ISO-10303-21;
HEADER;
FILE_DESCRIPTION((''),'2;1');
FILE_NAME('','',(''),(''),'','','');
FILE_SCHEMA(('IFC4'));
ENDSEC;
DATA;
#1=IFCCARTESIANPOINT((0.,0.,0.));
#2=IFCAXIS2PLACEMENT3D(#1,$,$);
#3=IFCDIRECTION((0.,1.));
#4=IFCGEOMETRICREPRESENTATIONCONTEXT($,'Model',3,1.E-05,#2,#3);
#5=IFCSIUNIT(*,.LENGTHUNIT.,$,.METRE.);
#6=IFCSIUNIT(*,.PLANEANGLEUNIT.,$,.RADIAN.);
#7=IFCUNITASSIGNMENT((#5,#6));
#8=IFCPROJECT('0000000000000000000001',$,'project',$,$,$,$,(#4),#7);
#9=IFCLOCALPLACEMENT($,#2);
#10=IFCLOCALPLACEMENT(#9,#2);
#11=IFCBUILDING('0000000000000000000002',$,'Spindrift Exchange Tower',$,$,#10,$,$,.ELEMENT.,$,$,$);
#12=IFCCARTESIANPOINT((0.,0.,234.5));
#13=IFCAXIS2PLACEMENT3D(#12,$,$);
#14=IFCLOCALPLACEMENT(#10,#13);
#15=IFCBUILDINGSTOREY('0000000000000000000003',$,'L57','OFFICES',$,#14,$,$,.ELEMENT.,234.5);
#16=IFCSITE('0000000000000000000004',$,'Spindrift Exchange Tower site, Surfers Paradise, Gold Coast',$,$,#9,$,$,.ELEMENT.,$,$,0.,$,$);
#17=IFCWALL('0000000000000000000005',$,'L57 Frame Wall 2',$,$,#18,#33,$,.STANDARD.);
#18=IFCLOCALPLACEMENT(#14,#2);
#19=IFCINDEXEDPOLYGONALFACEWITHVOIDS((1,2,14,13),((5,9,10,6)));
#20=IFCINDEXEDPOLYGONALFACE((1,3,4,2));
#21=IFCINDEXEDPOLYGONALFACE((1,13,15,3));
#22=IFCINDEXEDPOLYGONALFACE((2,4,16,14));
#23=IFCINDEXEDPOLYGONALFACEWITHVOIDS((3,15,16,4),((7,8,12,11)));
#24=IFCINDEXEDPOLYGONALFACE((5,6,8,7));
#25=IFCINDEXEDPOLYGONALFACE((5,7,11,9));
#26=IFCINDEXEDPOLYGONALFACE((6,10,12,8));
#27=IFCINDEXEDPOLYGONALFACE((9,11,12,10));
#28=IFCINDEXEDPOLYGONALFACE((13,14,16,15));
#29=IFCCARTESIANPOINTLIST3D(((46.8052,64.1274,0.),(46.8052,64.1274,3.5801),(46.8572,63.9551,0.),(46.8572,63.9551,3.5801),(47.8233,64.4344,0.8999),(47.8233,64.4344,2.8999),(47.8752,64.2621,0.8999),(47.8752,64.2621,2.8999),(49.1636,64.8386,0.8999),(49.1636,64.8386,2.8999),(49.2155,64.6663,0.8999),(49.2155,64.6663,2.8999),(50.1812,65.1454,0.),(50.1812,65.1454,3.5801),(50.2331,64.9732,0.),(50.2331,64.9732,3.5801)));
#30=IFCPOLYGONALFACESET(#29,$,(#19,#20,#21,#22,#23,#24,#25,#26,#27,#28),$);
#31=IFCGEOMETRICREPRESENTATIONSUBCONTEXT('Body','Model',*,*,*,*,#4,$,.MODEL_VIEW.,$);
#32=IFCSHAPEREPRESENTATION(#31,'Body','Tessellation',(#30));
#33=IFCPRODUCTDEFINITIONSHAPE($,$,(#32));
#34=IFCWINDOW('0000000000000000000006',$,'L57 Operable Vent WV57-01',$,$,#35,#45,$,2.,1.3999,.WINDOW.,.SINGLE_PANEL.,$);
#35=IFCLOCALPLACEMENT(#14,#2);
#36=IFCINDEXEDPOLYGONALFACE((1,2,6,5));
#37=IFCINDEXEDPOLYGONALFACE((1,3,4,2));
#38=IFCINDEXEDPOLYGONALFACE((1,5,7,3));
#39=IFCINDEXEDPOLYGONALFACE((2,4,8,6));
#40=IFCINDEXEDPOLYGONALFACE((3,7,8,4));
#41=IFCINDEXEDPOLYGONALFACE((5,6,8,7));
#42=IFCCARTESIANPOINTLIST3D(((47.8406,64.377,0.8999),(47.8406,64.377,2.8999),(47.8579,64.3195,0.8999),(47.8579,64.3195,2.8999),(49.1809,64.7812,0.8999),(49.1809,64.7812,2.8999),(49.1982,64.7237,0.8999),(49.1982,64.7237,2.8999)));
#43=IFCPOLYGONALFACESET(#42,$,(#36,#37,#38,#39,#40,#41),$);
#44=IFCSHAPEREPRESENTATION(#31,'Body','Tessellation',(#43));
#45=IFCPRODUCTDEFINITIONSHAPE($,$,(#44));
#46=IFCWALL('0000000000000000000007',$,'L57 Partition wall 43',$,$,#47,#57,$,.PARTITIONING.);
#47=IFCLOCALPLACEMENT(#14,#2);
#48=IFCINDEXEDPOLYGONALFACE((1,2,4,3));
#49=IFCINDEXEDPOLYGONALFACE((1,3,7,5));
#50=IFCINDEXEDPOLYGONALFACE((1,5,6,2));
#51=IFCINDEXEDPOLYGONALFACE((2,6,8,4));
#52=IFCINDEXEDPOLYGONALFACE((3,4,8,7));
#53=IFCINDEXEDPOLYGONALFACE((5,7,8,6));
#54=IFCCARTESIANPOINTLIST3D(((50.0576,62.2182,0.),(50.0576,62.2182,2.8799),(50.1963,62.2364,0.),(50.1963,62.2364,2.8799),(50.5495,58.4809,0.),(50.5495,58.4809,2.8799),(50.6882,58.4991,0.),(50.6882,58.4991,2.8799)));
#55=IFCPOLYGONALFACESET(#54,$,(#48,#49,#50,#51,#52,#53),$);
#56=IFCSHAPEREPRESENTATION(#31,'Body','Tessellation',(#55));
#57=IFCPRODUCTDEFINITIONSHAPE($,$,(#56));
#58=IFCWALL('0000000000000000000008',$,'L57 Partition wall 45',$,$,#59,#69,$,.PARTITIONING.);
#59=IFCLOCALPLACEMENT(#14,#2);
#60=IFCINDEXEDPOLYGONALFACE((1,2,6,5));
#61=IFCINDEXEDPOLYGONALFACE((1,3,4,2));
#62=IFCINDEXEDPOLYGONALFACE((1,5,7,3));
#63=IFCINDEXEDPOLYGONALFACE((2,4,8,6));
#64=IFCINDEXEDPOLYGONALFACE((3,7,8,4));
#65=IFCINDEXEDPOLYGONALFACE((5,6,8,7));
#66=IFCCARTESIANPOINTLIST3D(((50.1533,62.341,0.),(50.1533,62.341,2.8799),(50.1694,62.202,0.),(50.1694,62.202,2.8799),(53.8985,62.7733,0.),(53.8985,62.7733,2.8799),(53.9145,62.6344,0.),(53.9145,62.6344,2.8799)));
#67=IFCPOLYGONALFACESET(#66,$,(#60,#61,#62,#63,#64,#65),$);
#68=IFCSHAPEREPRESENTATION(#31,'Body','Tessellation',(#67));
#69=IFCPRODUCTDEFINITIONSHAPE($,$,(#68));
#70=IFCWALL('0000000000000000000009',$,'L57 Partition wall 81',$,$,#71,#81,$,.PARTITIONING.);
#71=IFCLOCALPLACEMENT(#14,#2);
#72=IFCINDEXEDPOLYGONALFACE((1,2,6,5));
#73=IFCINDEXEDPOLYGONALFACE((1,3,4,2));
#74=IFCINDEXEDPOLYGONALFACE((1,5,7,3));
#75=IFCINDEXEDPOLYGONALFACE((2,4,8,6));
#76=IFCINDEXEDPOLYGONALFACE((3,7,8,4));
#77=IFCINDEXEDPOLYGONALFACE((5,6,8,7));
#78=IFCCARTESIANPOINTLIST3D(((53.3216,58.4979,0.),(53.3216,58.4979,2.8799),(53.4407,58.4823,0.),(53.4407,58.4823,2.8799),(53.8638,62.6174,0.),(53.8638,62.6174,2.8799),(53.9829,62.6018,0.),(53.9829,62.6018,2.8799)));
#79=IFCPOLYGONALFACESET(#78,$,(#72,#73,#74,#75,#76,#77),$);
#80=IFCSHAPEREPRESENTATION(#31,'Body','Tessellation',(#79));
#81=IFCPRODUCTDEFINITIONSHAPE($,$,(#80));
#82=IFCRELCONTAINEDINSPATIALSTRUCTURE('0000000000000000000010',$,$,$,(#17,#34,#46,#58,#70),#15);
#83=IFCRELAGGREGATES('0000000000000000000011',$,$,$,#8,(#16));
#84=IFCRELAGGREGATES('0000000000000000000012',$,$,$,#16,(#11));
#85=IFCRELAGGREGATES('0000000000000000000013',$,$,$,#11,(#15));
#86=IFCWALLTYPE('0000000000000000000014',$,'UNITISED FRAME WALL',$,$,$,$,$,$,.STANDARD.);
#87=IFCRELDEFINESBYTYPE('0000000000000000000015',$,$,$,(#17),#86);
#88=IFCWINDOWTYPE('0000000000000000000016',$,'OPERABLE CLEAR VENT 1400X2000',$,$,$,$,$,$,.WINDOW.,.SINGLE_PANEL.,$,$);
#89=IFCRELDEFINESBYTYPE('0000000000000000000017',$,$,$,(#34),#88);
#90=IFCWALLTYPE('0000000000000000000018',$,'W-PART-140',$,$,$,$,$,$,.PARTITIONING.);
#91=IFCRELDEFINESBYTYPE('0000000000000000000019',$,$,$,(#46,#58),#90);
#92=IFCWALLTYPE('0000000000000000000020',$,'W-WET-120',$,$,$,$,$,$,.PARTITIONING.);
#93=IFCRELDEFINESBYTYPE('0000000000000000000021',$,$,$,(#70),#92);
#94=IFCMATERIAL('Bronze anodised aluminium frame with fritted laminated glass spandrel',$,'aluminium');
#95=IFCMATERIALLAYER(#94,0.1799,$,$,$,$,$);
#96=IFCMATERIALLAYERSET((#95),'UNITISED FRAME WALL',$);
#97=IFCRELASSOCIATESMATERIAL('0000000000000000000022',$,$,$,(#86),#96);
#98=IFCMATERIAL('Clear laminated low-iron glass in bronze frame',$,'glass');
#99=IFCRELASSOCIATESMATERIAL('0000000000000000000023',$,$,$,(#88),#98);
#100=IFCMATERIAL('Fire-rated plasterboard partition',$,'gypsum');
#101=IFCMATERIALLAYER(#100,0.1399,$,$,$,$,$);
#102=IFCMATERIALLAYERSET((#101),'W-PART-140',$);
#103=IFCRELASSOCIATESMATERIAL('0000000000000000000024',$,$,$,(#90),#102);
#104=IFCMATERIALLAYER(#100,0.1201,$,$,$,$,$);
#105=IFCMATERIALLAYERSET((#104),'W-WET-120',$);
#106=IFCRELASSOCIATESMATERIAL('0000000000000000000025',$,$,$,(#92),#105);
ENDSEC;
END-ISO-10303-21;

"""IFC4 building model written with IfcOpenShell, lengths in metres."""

from ifc_helpers import new_model, si_unit, direction, frame, frame_2d, origin, place, context, subcontext, project, spatial, rectangle, extrude, source, transform, mapped, material, layer, layer_set, type_object, element, fill, save


model = new_model("IFC4")

# Units and contexts
model_context = context("Model", 3, precision=1e-05, world=origin(), true_north=direction((0.0, 1.0)))
body_context = subcontext(model_context, "Body", "Model", "MODEL_VIEW")
ifc_project = project(units=[si_unit("LENGTHUNIT", "METRE"), si_unit("PLANEANGLEUNIT", "RADIAN")], contexts=[model_context])

# Site, building, storey
site_placement = place(None, origin())
site = spatial("IfcSite", under=ifc_project, at=site_placement, Name="Spindrift Exchange Tower site, Surfers Paradise, Gold Coast", CompositionType="ELEMENT", RefElevation=0.0)
building_placement = place(site_placement, origin())
building = spatial("IfcBuilding", under=site, at=building_placement, Name="Spindrift Exchange Tower", CompositionType="ELEMENT")
storey_placement = place(building_placement, frame((0.0, 0.0, 234.5)))
storey = spatial("IfcBuildingStorey", under=building, at=storey_placement, Name="L57", Description="OFFICES", CompositionType="ELEMENT", Elevation=234.5)

# Wall, opening, window
ifc_material_1 = material(Name="Bronze anodised aluminium frame with fritted laminated glass spandrel", Category="aluminium")
ifc_layer_1 = layer(ifc_material_1, 0.1799)
ifc_layer_set_1 = layer_set([ifc_layer_1], Name="UNITISED FRAME WALL")
wall_type_1 = type_object("IfcWallType", Name="UNITISED FRAME WALL", PredefinedType="STANDARD", material=ifc_layer_set_1)
wall_1_placement = place(storey_placement, frame((50.2073, 65.0593, 0.0), z_axis=(0.0, 0.0, 1.0), x_axis=(-0.957414, -0.28872, 0.0)))
wall_1 = element("IfcWall", 1, at=wall_1_placement, inside=storey, type_object=wall_type_1, Name="L57 Frame Wall 2", PredefinedType="STANDARD", context=body_context, shape_type="SweptSolid", body=[
    extrude(rectangle(XDim=3.5261, YDim=0.1799, at=frame_2d((1.7632, 0.0))), origin(), (0.0, 0.0, 1.0), 3.5801),
])
opening_1_placement = place(wall_1_placement, frame((1.063, 0.0, 0.8999)))
opening_1 = element("IfcOpeningElement", 2, at=opening_1_placement, cuts=wall_1, PredefinedType="OPENING", context=body_context, shape_type="SweptSolid", body=[
    extrude(rectangle(XDim=1.3999, YDim=2.0, at=frame_2d((0.7, 1.0))), frame((0.0, 0.0999, 0.0), z_axis=(0.0, -1.0, 0.0), x_axis=(1.0, 0.0, 0.0)), (0.0, 0.0, 1.0), 0.2),
])
ifc_material_2 = material(Name="Clear laminated low-iron glass in bronze frame", Category="glass")
window_type = type_object("IfcWindowType", Name="OPERABLE CLEAR VENT 1400X2000", PartitioningType="SINGLE_PANEL", PredefinedType="WINDOW", material=ifc_material_2)
shared_shape_1 = source(origin(), body_context, "Body", "SweptSolid", [
    extrude(rectangle(XDim=1.3999, YDim=2.0, at=frame_2d((0.7, 1.0))), frame((0.0, 0.03, 0.0), z_axis=(0.0, -1.0, 0.0), x_axis=(1.0, 0.0, 0.0)), (0.0, 0.0, 1.0), 0.0601),
])
window_placement = place(opening_1_placement, origin())
window = element("IfcWindow", 3, at=window_placement, inside=storey, type_object=window_type, Name="L57 Operable Vent WV57-01", OverallHeight=2.0, OverallWidth=1.3999, PartitioningType="SINGLE_PANEL", PredefinedType="WINDOW", context=body_context, shape_type="MappedRepresentation", body=[
    mapped(shared_shape_1, transform((0.0, 0.0, 0.0), scale=1.0)),
])
fill(opening_1, window)

# Walls
ifc_material_3 = material(Name="Fire-rated plasterboard partition", Category="gypsum")
ifc_layer_2 = layer(ifc_material_3, 0.1399)
ifc_layer_set_2 = layer_set([ifc_layer_2], Name="W-PART-140")
wall_type_2 = type_object("IfcWallType", Name="W-PART-140", PredefinedType="PARTITIONING", material=ifc_layer_set_2)
wall_2_placement = place(storey_placement, frame((50.6189, 58.49, 0.0), z_axis=(0.0, 0.0, 1.0), x_axis=(-0.130505, 0.991448, 0.0)))
element("IfcWall", 4, at=wall_2_placement, inside=storey, type_object=wall_type_2, Name="L57 Partition wall 43", PredefinedType="PARTITIONING", context=body_context, shape_type="SweptSolid", body=[
    extrude(rectangle(XDim=3.7695, YDim=0.1399, at=frame_2d((1.8848, 0.0))), origin(), (0.0, 0.0, 1.0), 2.8799),
])
wall_3_placement = place(storey_placement, frame((53.9065, 62.7039, 0.0), z_axis=(0.0, 0.0, 1.0), x_axis=(-0.993402, -0.114688, 0.0)))
element("IfcWall", 5, at=wall_3_placement, inside=storey, type_object=wall_type_2, Name="L57 Partition wall 45", PredefinedType="PARTITIONING", context=body_context, shape_type="SweptSolid", body=[
    extrude(rectangle(XDim=3.77, YDim=0.1399, at=frame_2d((1.885, 0.0))), origin(), (0.0, 0.0, 1.0), 2.8799),
])
ifc_layer_3 = layer(ifc_material_3, 0.1201)
ifc_layer_set_3 = layer_set([ifc_layer_3], Name="W-WET-120")
wall_type_3 = type_object("IfcWallType", Name="W-WET-120", PredefinedType="PARTITIONING", material=ifc_layer_set_3)
wall_4_placement = place(storey_placement, frame((53.3811, 58.49, 0.0), z_axis=(0.0, 0.0, 1.0), x_axis=(0.130505, 0.991448, 0.0)))
element("IfcWall", 6, at=wall_4_placement, inside=storey, type_object=wall_type_3, Name="L57 Partition wall 81", PredefinedType="PARTITIONING", context=body_context, shape_type="SweptSolid", body=[
    extrude(rectangle(XDim=4.155, YDim=0.1201, at=frame_2d((2.0776, 0.0))), origin(), (0.0, 0.0, 1.0), 2.8799),
])

save(model, "model.ifc")
